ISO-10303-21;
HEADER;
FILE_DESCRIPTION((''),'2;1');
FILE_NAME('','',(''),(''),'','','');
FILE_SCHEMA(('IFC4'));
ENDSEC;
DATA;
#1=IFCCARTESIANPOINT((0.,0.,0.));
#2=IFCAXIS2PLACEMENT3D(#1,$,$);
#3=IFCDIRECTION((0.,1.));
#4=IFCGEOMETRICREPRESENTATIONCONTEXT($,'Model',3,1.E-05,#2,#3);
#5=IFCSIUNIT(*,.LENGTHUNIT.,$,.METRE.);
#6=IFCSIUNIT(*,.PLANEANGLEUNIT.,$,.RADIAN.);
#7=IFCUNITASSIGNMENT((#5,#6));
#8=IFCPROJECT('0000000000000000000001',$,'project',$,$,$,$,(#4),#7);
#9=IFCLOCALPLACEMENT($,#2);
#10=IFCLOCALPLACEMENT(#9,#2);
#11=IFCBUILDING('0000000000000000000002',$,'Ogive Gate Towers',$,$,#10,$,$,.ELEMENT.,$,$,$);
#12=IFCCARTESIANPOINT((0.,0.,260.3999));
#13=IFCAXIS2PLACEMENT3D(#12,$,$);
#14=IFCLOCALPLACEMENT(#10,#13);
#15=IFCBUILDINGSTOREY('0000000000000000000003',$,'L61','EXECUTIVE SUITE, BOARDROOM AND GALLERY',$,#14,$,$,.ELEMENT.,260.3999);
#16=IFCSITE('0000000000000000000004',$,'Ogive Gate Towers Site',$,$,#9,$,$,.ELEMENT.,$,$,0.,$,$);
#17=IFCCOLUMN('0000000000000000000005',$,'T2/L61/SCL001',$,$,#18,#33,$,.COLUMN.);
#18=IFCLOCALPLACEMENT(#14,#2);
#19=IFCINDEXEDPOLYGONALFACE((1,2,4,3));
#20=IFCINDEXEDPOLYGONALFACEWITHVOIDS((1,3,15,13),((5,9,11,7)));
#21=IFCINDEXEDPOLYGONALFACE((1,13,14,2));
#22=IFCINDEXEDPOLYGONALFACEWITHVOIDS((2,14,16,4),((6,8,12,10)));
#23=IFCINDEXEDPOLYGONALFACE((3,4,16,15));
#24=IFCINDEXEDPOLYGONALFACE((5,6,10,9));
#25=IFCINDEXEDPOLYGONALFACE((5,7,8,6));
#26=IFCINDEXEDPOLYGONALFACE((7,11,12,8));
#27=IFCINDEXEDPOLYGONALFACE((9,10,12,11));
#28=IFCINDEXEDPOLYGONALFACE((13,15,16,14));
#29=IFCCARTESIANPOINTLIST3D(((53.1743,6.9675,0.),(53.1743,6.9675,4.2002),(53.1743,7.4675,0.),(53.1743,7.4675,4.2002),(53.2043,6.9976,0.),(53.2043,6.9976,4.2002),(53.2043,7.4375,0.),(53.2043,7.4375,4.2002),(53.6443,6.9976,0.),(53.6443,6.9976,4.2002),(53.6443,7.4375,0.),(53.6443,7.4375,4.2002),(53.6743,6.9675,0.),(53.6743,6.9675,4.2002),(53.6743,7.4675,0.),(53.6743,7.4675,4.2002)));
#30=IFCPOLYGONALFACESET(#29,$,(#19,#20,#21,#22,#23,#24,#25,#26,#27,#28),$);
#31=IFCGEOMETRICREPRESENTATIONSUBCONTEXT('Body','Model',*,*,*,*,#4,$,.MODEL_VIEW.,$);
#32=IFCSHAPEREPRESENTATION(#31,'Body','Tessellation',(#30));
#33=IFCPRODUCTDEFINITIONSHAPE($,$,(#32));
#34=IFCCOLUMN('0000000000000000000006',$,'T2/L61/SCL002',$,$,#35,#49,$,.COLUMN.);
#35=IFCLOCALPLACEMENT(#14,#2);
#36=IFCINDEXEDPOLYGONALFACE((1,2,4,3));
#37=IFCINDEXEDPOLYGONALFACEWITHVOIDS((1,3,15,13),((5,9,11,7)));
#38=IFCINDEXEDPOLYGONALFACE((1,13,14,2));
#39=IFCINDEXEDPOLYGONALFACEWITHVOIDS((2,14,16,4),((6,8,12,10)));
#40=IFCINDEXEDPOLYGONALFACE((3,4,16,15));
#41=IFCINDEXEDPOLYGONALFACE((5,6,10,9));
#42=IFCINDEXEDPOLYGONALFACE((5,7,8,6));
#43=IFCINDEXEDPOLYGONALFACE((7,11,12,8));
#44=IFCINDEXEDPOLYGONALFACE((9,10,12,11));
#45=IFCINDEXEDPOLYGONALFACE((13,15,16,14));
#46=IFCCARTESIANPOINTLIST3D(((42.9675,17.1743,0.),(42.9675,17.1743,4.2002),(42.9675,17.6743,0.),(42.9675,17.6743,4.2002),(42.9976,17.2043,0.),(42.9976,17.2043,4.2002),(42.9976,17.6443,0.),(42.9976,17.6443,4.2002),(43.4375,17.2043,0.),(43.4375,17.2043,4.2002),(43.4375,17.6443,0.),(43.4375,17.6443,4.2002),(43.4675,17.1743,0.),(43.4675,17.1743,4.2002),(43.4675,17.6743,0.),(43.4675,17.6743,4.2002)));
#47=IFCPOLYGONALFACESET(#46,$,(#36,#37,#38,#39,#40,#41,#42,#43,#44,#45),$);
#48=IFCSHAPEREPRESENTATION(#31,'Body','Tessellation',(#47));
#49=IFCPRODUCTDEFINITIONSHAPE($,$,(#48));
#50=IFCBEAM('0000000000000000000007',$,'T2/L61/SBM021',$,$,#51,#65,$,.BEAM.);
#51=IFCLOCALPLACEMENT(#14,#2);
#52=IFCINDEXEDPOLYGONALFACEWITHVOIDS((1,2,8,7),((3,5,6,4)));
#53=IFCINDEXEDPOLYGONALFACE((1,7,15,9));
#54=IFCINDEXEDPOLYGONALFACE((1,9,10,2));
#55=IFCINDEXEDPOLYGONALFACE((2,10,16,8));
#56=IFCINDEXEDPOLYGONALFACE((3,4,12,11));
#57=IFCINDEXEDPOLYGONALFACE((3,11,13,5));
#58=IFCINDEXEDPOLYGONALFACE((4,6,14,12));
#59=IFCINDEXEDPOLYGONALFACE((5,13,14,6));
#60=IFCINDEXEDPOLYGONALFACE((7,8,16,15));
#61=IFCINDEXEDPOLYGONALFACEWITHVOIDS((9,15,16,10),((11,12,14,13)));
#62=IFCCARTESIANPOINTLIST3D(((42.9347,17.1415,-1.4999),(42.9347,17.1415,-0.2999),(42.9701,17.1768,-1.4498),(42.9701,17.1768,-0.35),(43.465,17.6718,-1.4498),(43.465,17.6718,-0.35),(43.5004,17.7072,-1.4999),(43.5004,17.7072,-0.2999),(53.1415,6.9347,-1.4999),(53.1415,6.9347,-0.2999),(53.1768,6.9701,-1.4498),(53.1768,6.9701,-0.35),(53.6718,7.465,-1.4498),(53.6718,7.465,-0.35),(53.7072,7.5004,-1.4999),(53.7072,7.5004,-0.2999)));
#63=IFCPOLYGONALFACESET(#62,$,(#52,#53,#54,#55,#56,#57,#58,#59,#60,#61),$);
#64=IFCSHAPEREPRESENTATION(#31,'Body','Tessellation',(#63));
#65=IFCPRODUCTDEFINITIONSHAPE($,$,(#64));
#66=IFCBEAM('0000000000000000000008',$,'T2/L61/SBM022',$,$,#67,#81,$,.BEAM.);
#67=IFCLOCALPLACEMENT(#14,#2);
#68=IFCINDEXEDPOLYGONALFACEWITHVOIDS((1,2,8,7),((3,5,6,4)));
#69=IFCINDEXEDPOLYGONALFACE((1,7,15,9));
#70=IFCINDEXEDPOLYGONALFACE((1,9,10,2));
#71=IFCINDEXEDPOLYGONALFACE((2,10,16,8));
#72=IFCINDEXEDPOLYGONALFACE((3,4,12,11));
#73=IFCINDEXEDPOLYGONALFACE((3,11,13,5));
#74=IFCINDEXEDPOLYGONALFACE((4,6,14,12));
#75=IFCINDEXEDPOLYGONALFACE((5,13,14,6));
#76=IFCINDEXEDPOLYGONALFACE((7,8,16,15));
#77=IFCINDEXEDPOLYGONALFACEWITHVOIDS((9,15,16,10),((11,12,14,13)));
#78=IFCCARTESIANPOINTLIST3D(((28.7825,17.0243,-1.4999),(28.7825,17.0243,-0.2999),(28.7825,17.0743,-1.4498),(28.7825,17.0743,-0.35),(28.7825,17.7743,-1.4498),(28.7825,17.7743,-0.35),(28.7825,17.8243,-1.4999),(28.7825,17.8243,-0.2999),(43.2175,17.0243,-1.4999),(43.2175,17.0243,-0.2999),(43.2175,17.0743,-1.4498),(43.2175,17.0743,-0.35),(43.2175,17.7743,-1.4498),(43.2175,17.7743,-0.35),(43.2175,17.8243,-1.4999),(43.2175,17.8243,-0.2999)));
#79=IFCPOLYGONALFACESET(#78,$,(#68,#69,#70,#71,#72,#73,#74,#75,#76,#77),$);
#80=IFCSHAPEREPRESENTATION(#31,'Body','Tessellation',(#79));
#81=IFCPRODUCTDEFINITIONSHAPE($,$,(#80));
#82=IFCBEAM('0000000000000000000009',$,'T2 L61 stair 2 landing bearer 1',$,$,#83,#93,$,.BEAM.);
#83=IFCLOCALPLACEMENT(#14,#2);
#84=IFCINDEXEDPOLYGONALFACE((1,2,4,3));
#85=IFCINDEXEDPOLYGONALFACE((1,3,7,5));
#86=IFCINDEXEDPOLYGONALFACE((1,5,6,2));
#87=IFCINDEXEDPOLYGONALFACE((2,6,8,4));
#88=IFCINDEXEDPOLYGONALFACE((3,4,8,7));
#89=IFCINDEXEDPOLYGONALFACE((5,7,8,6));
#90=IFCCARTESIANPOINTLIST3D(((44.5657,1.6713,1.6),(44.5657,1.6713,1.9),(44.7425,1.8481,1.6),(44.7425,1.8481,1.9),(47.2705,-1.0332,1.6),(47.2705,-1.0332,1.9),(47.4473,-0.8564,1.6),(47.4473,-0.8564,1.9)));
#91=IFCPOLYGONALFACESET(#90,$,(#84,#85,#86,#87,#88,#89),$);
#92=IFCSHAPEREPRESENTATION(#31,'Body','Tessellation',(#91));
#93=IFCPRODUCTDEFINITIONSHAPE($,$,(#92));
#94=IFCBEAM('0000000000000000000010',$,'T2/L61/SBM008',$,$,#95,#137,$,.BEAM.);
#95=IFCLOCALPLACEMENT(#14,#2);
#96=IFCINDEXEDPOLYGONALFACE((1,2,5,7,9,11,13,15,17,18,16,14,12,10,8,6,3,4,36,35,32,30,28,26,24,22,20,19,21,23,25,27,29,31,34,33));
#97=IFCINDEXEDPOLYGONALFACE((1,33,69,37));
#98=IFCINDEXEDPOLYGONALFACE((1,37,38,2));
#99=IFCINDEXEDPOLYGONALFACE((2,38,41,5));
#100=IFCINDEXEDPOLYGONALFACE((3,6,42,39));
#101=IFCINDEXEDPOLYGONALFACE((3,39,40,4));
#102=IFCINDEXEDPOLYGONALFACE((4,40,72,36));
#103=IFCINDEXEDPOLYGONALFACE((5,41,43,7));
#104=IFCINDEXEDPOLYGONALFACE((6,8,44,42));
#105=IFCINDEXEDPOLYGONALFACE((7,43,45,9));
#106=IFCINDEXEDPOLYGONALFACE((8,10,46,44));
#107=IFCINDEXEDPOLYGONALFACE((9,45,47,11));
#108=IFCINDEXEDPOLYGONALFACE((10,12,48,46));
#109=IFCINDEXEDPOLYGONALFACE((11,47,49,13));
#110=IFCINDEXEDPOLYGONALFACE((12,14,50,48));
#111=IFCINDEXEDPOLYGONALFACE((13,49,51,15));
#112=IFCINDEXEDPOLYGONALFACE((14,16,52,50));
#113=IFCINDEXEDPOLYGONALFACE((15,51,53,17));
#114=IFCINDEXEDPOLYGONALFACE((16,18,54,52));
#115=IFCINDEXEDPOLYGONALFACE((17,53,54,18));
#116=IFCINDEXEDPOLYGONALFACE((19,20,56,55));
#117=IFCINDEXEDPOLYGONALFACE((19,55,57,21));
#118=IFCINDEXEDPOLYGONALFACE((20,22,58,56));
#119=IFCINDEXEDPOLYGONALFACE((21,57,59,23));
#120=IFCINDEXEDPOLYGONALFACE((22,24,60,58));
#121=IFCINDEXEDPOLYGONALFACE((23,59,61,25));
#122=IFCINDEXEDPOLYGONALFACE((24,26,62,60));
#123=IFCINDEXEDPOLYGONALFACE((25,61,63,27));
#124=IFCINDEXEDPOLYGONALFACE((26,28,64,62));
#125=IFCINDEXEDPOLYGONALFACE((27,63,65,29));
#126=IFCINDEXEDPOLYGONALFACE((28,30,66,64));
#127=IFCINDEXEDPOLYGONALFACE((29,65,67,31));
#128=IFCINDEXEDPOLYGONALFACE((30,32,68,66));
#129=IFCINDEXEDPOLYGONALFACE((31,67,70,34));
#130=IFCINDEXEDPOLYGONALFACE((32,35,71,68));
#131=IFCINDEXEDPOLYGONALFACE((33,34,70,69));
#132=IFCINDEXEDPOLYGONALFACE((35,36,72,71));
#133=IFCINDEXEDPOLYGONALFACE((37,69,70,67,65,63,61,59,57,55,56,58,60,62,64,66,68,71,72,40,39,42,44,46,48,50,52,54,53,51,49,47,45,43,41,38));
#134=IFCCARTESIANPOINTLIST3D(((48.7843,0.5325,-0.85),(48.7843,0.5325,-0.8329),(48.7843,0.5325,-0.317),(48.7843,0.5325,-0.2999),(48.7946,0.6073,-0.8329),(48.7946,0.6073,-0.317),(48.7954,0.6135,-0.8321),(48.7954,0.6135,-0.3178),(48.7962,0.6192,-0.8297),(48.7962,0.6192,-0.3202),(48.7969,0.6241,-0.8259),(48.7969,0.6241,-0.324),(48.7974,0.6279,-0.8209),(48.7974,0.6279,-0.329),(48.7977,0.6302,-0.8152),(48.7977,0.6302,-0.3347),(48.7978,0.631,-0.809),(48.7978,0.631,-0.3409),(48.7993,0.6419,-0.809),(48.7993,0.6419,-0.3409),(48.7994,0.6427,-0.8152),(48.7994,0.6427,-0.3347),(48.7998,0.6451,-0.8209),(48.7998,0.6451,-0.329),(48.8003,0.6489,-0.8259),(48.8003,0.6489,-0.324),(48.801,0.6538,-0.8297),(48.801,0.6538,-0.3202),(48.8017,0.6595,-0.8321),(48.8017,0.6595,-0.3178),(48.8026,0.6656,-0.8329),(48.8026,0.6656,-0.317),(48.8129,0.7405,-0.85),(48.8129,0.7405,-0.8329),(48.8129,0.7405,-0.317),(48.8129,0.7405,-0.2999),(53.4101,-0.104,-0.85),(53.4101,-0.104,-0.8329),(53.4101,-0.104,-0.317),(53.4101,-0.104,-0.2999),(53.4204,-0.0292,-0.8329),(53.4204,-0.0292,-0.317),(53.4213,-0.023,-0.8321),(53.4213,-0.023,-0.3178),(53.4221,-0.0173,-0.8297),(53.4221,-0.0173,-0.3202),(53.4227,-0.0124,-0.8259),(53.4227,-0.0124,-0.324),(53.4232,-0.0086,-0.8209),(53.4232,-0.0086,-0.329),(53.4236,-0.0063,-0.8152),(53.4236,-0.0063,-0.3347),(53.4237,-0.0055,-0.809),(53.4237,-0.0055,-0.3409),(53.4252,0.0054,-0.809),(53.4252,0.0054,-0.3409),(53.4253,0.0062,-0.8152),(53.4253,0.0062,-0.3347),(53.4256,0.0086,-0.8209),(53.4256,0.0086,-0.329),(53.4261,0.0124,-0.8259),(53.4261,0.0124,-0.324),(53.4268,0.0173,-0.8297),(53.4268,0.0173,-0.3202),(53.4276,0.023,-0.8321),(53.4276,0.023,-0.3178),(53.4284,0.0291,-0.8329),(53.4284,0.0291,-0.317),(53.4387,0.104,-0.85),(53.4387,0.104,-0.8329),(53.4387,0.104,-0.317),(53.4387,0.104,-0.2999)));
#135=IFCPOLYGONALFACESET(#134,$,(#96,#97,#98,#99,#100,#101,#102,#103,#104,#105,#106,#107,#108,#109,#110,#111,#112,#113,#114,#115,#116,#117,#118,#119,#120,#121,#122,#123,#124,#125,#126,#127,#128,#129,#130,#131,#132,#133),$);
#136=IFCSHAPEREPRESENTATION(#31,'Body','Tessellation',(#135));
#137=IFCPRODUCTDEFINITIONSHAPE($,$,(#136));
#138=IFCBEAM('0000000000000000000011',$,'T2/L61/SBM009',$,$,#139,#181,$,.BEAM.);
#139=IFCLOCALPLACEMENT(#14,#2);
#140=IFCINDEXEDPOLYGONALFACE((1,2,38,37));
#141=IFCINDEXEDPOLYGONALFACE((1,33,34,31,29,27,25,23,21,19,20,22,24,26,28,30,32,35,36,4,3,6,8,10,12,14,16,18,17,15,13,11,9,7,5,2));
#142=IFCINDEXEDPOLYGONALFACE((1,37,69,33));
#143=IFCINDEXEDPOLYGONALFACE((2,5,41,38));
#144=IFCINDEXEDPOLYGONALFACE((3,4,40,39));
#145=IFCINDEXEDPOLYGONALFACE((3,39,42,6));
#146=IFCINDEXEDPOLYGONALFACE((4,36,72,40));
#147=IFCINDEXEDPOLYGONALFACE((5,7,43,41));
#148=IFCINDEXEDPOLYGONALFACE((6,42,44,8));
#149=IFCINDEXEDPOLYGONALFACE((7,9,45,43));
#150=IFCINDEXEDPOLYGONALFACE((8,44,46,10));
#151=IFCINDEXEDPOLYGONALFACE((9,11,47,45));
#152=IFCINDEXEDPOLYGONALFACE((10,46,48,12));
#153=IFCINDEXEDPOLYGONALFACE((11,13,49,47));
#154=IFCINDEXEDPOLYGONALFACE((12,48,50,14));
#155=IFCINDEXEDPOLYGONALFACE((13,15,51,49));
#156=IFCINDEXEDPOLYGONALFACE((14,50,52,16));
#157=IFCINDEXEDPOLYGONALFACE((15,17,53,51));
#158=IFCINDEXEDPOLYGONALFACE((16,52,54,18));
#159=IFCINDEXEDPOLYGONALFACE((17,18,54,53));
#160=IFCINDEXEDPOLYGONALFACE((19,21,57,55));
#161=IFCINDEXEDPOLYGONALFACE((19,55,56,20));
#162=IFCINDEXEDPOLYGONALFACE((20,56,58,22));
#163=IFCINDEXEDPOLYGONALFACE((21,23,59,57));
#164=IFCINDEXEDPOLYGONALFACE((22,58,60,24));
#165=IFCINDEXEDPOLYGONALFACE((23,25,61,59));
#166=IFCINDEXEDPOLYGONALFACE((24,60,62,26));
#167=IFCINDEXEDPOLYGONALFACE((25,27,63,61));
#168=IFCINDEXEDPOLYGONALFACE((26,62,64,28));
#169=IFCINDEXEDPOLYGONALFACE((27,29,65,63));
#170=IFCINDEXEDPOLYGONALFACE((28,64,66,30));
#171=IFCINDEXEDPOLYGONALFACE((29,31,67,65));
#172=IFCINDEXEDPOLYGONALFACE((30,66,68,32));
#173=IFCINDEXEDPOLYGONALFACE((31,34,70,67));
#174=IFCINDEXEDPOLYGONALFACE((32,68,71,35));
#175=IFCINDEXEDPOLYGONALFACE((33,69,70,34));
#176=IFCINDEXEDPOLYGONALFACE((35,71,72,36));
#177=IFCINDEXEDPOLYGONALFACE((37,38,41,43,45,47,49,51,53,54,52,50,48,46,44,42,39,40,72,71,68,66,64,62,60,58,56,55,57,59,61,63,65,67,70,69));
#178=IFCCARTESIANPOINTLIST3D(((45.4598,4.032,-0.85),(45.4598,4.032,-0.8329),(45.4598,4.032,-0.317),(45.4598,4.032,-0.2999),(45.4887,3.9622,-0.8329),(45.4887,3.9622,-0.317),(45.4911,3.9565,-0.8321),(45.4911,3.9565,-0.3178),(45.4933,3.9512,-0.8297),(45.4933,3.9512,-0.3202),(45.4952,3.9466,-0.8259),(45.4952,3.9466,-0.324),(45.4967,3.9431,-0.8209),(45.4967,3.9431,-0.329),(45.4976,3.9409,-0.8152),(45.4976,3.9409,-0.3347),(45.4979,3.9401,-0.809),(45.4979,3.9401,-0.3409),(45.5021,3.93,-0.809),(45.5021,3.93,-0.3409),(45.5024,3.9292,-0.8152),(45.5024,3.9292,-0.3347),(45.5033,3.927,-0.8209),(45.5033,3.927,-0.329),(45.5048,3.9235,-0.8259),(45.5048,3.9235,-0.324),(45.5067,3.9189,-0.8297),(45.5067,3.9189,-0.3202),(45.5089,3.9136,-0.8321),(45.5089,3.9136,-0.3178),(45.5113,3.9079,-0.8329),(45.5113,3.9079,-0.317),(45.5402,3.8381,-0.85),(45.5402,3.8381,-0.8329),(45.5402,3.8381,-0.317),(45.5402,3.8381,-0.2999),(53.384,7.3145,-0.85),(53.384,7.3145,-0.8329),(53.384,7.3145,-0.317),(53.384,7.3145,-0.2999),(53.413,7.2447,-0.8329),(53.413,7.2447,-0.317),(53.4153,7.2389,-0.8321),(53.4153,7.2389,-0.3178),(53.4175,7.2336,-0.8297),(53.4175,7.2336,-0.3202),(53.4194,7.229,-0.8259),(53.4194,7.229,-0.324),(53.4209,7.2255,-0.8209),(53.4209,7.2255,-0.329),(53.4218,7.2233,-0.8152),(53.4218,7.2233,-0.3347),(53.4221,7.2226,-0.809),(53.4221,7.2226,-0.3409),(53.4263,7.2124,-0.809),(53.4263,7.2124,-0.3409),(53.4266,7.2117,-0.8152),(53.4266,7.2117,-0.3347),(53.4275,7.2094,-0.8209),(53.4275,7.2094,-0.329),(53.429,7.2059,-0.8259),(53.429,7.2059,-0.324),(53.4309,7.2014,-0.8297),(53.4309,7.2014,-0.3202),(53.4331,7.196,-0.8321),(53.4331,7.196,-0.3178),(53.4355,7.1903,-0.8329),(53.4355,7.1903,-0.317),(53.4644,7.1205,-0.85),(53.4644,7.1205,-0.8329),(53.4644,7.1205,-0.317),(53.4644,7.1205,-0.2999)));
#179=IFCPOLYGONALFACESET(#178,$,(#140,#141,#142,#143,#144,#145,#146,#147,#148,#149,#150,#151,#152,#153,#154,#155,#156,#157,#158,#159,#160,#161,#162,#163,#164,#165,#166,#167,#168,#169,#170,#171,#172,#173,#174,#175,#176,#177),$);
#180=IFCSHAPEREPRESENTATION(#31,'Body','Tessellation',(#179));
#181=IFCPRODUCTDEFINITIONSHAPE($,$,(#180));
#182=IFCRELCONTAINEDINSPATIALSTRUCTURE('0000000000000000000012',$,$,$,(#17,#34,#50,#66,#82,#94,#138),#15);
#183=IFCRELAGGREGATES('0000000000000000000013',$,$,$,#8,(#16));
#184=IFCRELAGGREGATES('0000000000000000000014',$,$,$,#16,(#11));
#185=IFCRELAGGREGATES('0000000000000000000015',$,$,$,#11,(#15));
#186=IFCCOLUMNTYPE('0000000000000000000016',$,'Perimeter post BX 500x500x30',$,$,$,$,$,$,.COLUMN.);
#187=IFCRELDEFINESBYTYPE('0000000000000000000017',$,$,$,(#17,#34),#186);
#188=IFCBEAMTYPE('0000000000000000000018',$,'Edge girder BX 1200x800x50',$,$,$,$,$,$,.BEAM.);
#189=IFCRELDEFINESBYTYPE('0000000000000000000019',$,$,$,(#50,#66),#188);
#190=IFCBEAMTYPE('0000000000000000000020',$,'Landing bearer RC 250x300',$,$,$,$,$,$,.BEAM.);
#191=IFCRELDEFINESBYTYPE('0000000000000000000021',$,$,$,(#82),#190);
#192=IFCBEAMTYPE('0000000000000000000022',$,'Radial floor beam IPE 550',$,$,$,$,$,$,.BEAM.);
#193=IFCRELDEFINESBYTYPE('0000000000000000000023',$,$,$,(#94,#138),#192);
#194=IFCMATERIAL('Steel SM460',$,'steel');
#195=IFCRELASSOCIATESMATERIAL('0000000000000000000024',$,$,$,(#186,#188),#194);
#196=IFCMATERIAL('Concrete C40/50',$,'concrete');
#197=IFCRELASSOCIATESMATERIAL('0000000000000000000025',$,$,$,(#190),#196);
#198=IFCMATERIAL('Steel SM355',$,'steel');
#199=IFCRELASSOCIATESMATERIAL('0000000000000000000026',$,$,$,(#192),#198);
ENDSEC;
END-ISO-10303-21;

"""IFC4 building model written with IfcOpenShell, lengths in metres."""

from ifc_helpers import new_model, si_unit, direction, frame, origin, origin_2d, place, context, subcontext, project, spatial, rectangle, hollow_rectangle, i_section, extrude, material, material_profile, profile_set, type_object, element, save


model = new_model("IFC4")

# Units and contexts
model_context = context("Model", 3, precision=1e-05, world=origin(), true_north=direction((0.0, 1.0)))
body_context = subcontext(model_context, "Body", "Model", "MODEL_VIEW")
ifc_project = project(units=[si_unit("LENGTHUNIT", "METRE"), si_unit("PLANEANGLEUNIT", "RADIAN")], contexts=[model_context])

# Site, building, storey
site_placement = place(None, origin())
site = spatial("IfcSite", under=ifc_project, at=site_placement, Name="Ogive Gate Towers Site", CompositionType="ELEMENT", RefElevation=0.0)
building_placement = place(site_placement, origin())
building = spatial("IfcBuilding", under=site, at=building_placement, Name="Ogive Gate Towers", CompositionType="ELEMENT")
storey_placement = place(building_placement, frame((0.0, 0.0, 260.3999)))
storey = spatial("IfcBuildingStorey", under=building, at=storey_placement, Name="L61", Description="EXECUTIVE SUITE, BOARDROOM AND GALLERY", CompositionType="ELEMENT", Elevation=260.3999)

# Columns
ifc_material_1 = material(Name="Steel SM460", Category="steel")
ifc_material_profile_1 = material_profile(ifc_material_1, hollow_rectangle(XDim=0.5, YDim=0.5, WallThickness=0.03, at=origin_2d()), Name="BX 500x500x30")
ifc_profile_set_1 = profile_set([ifc_material_profile_1], Name="Steel SM460")
column_type = type_object("IfcColumnType", Name="Perimeter post BX 500x500x30", PredefinedType="COLUMN", material=ifc_profile_set_1)
for number, where, z_axis, x_axis, name in (
    (1, (53.4243, 7.2175, 0.0), (0.0, 0.0, 1.0), (1.0, 0.0, 0.0), "T2/L61/SCL001"),
    (2, (43.2175, 17.4243, 0.0), (0.0, 0.0, 1.0), (1.0, 0.0, 0.0), "T2/L61/SCL002"),
):
    element("IfcColumn", number, at=place(storey_placement, frame(where, z_axis=z_axis, x_axis=x_axis)), inside=storey, type_object=column_type, Name=name, PredefinedType="COLUMN", context=body_context, shape_type="SweptSolid", body=[
        extrude(hollow_rectangle(XDim=0.5, YDim=0.5, WallThickness=0.03, at=origin_2d()), origin(), (0.0, 0.0, 1.0), 4.2002),
    ])

# Beams
ifc_material_profile_2 = material_profile(ifc_material_1, hollow_rectangle(XDim=0.8, YDim=1.2, WallThickness=0.05, at=origin_2d()), Name="BX 1200x800x50")
ifc_profile_set_2 = profile_set([ifc_material_profile_2], Name="Steel SM460")
beam_type_1 = type_object("IfcBeamType", Name="Edge girder BX 1200x800x50", PredefinedType="BEAM", material=ifc_profile_set_2)
beam_1_placement = place(storey_placement, frame((53.4243, 7.2175, -0.8999), z_axis=(-0.707107, 0.707107, 0.0), x_axis=(-0.707107, -0.707107, 0.0)))
element("IfcBeam", 3, at=beam_1_placement, inside=storey, type_object=beam_type_1, Name="T2/L61/SBM021", PredefinedType="BEAM", context=body_context, shape_type="SweptSolid", body=[
    extrude(hollow_rectangle(XDim=0.8, YDim=1.2, WallThickness=0.05, at=origin_2d()), origin(), (0.0, 0.0, 1.0), 14.4346),
])
beam_2_placement = place(storey_placement, frame((43.2175, 17.4243, -0.8999), z_axis=(-1.0, 0.0, 0.0), x_axis=(0.0, -1.0, 0.0)))
element("IfcBeam", 4, at=beam_2_placement, inside=storey, type_object=beam_type_1, Name="T2/L61/SBM022", PredefinedType="BEAM", context=body_context, shape_type="SweptSolid", body=[
    extrude(hollow_rectangle(XDim=0.8, YDim=1.2, WallThickness=0.05, at=origin_2d()), origin(), (0.0, 0.0, 1.0), 14.4351),
])
ifc_material_2 = material(Name="Concrete C40/50", Category="concrete")
ifc_material_profile_3 = material_profile(ifc_material_2, rectangle(XDim=0.25, YDim=0.3, at=origin_2d()), Name="RC 250x300")
ifc_profile_set_3 = profile_set([ifc_material_profile_3], Name="Concrete C40/50")
beam_type_2 = type_object("IfcBeamType", Name="Landing bearer RC 250x300", PredefinedType="BEAM", material=ifc_profile_set_3)
beam_3_placement = place(storey_placement, frame((47.3589, -0.9448, 1.75), z_axis=(-0.707139, 0.707075, 0.0), x_axis=(-0.707075, -0.707139, 0.0)))
element("IfcBeam", 5, at=beam_3_placement, inside=storey, type_object=beam_type_2, Name="T2 L61 stair 2 landing bearer 1", PredefinedType="BEAM", context=body_context, shape_type="SweptSolid", body=[
    extrude(rectangle(XDim=0.25, YDim=0.3, at=origin_2d()), origin(), (0.0, 0.0, 1.0), 3.825),
])
ifc_material_3 = material(Name="Steel SM355", Category="steel")
ifc_material_profile_4 = material_profile(ifc_material_3, i_section(OverallWidth=0.21, OverallDepth=0.55, WebThickness=0.011, FlangeThickness=0.0171, FilletRadius=0.0239, at=origin_2d()), Name="IPE 550")
ifc_profile_set_4 = profile_set([ifc_material_profile_4], Name="Steel SM355")
beam_type_3 = type_object("IfcBeamType", Name="Radial floor beam IPE 550", PredefinedType="BEAM", material=ifc_profile_set_4)
beam_4_placement = place(storey_placement, frame((48.7986, 0.6365, -0.575), z_axis=(0.990666, -0.13631, 0.0), x_axis=(0.13631, 0.990666, 0.0)))
element("IfcBeam", 6, at=beam_4_placement, inside=storey, type_object=beam_type_3, Name="T2/L61/SBM008", PredefinedType="BEAM", context=body_context, shape_type="SweptSolid", body=[
    extrude(i_section(OverallWidth=0.21, OverallDepth=0.55, WebThickness=0.011, FlangeThickness=0.0171, FilletRadius=0.0239, at=origin_2d()), origin(), (0.0, 0.0, 1.0), 4.6694),
])
beam_5_placement = place(storey_placement, frame((45.5, 3.9351, -0.575), z_axis=(0.923875, 0.382695, 0.0), x_axis=(-0.382695, 0.923875, 0.0)))
element("IfcBeam", 7, at=beam_5_placement, inside=storey, type_object=beam_type_3, Name="T2/L61/SBM009", PredefinedType="BEAM", context=body_context, shape_type="SweptSolid", body=[
    extrude(i_section(OverallWidth=0.21, OverallDepth=0.55, WebThickness=0.011, FlangeThickness=0.0171, FilletRadius=0.0239, at=origin_2d()), origin(), (0.0, 0.0, 1.0), 8.5771),
])

save(model, "model.ifc")
